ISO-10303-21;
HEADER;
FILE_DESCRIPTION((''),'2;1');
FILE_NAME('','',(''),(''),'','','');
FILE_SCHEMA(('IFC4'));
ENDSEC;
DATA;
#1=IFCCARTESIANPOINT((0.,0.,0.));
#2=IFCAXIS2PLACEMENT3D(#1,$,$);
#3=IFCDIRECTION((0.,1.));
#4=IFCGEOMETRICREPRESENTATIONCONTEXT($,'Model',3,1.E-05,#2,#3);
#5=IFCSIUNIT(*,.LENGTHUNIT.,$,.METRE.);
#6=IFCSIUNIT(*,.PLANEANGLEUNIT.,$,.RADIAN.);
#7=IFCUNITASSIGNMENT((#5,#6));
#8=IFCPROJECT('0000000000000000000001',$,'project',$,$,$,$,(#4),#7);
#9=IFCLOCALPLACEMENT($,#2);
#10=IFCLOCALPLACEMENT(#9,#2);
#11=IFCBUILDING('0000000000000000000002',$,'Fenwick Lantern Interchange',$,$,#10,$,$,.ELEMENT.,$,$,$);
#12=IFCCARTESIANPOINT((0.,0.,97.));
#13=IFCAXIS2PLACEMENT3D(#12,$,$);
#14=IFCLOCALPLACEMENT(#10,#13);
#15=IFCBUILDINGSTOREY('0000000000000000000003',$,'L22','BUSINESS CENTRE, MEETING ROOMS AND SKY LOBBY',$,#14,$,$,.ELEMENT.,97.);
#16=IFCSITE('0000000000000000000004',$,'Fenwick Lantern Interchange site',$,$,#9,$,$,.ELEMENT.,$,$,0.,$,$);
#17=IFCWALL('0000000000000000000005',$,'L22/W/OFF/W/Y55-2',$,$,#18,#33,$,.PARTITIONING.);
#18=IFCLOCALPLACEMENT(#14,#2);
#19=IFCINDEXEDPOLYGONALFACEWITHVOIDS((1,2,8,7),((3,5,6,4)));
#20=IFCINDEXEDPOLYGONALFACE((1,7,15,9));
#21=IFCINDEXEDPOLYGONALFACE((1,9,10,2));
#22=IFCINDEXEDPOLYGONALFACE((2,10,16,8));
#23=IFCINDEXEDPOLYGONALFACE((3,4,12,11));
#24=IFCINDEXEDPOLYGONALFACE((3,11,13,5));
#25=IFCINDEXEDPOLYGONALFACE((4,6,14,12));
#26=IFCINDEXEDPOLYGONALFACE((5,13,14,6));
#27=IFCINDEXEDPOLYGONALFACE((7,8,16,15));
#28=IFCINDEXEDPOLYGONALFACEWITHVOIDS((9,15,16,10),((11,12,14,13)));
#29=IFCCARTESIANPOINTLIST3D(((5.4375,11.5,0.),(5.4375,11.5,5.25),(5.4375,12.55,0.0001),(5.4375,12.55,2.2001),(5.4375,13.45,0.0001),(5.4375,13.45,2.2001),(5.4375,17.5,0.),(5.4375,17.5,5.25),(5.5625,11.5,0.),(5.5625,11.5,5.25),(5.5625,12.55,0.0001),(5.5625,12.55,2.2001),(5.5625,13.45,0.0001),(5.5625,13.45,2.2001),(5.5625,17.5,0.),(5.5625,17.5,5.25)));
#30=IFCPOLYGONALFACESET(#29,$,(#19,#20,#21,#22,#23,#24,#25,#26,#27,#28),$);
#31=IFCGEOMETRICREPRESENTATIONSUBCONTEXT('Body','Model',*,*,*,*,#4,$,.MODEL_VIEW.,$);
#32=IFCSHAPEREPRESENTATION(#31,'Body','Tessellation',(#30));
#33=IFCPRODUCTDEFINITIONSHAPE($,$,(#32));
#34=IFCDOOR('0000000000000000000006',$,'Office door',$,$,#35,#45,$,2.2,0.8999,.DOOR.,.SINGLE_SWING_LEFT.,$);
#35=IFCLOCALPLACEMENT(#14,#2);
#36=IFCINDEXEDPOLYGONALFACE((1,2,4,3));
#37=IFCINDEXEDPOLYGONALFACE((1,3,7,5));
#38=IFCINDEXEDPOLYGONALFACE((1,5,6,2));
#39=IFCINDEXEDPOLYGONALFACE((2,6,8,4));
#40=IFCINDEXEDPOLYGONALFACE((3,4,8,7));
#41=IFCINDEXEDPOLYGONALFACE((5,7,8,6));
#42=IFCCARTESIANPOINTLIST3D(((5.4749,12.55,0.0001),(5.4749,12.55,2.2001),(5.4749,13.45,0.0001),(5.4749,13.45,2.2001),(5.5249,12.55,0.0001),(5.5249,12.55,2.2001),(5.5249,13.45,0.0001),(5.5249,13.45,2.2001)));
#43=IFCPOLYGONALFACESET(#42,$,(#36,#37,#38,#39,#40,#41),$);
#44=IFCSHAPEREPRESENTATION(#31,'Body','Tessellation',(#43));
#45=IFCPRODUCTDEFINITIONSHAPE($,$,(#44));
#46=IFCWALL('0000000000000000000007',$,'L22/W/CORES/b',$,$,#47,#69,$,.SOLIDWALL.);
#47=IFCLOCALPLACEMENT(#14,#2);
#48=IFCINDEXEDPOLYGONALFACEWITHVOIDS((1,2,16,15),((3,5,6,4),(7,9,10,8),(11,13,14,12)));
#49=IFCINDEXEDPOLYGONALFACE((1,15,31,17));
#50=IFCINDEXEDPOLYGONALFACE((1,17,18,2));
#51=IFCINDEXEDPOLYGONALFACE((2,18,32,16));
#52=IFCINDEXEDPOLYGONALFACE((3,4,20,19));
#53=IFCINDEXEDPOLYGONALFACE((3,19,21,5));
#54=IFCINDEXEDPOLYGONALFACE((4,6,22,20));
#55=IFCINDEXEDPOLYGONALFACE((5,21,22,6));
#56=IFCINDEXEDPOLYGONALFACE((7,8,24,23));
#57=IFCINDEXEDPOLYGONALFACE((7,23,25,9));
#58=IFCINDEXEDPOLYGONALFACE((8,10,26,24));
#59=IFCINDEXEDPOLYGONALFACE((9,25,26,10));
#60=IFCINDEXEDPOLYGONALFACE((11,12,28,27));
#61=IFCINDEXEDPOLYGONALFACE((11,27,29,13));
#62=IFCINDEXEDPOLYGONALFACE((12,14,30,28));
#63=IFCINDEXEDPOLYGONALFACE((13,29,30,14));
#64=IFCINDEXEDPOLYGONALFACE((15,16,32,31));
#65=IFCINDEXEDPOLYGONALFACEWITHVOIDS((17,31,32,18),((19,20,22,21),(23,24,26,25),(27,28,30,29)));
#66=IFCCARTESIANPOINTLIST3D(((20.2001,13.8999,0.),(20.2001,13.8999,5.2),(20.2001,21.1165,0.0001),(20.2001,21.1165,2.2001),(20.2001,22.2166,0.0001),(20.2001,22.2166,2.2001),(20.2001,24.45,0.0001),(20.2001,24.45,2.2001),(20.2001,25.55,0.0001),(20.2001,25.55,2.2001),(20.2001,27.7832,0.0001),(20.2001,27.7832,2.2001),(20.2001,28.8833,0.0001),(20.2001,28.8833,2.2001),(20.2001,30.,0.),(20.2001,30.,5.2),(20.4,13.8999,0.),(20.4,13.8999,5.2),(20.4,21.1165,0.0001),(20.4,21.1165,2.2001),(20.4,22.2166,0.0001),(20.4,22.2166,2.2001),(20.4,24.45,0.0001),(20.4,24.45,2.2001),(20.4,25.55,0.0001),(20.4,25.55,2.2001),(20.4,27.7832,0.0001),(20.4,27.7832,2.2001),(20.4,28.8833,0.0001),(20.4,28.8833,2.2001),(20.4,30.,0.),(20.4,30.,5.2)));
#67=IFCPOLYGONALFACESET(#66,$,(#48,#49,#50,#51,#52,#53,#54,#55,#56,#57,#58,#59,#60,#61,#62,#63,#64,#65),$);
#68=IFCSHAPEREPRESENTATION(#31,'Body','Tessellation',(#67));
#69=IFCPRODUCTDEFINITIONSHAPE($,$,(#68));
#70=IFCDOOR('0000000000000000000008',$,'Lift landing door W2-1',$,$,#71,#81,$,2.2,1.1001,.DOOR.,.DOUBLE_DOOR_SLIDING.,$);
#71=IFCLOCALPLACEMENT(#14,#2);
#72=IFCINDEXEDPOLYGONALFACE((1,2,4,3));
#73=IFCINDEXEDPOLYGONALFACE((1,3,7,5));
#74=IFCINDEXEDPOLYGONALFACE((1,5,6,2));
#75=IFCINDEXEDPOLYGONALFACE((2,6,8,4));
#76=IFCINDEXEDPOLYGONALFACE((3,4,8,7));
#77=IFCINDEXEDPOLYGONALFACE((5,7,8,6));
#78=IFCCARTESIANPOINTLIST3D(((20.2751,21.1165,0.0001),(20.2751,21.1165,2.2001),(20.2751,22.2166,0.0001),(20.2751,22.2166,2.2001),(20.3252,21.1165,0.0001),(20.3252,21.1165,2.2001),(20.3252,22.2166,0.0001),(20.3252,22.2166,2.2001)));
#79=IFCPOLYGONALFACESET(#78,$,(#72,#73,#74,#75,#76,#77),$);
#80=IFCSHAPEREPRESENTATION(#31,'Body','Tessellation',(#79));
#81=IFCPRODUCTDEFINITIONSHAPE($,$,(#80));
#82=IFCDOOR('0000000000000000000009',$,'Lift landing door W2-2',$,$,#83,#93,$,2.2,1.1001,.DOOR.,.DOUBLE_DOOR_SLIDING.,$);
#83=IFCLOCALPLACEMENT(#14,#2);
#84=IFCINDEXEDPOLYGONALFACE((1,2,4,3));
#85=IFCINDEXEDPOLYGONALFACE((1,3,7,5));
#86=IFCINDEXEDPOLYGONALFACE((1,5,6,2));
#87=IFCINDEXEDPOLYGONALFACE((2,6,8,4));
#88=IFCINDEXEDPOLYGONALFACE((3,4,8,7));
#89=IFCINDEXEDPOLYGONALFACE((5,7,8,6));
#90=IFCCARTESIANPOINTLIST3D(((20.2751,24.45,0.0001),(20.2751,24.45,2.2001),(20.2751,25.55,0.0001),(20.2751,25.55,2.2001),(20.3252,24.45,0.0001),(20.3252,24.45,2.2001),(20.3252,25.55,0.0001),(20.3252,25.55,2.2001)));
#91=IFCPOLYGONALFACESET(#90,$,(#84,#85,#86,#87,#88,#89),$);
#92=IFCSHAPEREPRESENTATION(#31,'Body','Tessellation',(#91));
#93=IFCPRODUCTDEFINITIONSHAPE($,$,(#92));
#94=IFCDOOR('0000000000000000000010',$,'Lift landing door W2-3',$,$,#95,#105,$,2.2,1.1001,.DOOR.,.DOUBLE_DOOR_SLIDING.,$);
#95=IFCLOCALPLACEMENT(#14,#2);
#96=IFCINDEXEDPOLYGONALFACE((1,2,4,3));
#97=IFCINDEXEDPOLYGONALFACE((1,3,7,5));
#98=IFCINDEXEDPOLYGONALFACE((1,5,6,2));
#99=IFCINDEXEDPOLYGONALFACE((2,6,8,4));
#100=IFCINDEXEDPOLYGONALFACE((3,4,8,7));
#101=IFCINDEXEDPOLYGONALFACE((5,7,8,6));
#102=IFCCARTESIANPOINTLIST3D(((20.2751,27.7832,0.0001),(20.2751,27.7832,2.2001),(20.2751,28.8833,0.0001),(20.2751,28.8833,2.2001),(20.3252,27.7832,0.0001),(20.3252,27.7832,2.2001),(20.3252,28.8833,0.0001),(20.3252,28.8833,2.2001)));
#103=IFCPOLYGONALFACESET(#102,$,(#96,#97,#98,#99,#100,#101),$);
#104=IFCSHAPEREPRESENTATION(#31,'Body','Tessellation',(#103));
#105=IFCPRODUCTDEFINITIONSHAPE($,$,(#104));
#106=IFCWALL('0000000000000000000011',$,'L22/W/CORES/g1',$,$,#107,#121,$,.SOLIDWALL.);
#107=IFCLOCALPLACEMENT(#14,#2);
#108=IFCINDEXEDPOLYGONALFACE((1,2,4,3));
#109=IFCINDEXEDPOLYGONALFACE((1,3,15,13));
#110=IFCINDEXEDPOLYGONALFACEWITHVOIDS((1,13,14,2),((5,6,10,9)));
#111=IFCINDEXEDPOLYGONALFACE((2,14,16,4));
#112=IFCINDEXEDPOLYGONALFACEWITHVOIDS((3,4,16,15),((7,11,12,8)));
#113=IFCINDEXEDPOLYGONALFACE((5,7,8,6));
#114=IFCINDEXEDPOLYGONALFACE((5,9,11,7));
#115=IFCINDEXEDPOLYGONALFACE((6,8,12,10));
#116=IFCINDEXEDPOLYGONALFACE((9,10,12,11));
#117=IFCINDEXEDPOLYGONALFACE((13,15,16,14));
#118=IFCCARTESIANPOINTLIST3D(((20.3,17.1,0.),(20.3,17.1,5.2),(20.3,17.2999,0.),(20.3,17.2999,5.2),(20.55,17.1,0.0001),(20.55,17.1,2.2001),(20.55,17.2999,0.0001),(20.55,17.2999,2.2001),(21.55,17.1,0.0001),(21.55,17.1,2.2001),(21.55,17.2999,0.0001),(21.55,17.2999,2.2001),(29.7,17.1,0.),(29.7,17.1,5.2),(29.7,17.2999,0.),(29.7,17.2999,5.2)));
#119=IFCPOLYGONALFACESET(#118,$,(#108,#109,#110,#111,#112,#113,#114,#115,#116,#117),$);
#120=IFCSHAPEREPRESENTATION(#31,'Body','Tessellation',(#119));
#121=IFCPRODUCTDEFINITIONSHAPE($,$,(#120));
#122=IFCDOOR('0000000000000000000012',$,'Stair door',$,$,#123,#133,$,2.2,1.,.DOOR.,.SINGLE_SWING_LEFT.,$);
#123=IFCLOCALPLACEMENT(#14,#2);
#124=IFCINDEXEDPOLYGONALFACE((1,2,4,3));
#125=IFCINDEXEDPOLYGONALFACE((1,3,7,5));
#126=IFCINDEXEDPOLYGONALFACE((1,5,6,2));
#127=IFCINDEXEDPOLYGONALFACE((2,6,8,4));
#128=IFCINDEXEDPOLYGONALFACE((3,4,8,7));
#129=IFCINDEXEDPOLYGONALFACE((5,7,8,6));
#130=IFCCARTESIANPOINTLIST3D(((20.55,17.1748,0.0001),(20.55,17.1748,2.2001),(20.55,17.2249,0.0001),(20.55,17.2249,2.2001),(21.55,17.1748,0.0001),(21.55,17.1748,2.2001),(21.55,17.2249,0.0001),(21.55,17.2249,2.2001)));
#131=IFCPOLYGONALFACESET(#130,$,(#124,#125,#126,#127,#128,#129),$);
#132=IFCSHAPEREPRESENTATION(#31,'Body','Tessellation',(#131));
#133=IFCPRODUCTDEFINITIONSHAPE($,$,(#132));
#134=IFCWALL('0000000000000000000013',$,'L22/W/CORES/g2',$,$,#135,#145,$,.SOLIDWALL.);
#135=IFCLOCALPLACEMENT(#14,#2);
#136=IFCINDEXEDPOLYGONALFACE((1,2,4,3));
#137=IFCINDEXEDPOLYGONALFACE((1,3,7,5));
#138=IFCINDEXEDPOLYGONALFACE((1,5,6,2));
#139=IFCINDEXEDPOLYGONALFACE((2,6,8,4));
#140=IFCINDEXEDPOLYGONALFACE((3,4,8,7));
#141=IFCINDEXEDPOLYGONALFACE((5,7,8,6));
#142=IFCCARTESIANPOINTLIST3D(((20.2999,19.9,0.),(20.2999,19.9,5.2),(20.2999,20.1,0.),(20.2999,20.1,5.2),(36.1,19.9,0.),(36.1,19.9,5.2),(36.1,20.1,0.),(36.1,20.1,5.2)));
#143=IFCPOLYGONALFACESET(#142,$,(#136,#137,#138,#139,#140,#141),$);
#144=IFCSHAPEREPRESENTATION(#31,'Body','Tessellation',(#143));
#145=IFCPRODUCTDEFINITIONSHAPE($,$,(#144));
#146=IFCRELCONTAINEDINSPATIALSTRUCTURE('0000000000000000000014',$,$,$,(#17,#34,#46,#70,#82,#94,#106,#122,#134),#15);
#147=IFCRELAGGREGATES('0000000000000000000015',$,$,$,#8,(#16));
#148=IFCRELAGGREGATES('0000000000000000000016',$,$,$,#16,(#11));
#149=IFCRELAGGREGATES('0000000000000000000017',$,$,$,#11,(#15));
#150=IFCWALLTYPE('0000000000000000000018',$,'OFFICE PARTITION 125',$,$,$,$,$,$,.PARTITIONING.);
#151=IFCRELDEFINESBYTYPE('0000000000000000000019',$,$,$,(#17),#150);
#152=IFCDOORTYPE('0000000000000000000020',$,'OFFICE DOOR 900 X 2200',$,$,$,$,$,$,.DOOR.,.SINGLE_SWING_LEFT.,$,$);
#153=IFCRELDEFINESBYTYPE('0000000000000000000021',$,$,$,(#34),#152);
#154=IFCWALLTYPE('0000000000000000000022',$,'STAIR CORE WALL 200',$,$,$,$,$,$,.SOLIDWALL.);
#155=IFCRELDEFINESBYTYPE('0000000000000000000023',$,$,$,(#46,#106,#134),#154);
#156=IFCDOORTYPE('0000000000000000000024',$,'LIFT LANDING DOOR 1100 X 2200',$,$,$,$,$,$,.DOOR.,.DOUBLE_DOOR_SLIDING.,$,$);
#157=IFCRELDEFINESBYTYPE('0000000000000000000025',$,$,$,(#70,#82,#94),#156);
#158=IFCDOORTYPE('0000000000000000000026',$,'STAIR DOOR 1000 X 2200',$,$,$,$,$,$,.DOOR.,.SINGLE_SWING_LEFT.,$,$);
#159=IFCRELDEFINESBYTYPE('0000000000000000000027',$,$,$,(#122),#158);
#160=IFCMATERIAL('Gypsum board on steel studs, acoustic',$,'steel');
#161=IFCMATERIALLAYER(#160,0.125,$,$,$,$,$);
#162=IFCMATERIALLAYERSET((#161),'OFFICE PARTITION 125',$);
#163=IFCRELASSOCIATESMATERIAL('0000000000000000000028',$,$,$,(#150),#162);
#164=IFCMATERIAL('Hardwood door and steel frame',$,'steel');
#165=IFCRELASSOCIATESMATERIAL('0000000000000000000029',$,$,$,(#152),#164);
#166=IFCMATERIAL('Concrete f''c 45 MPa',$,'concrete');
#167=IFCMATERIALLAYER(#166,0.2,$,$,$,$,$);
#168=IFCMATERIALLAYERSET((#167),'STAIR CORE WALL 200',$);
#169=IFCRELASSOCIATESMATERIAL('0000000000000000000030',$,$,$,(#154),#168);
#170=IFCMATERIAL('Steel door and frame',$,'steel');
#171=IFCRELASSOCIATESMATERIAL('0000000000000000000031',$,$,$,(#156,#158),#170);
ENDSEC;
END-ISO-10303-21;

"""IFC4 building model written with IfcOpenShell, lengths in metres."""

from ifc_helpers import new_model, si_unit, direction, frame, frame_2d, origin, place, context, subcontext, project, spatial, rectangle, extrude, material, layer, layer_set, type_object, element, fill, save


model = new_model("IFC4")

# Units and contexts
model_context = context("Model", 3, precision=1e-05, world=origin(), true_north=direction((0.0, 1.0)))
body_context = subcontext(model_context, "Body", "Model", "MODEL_VIEW")
ifc_project = project(units=[si_unit("LENGTHUNIT", "METRE"), si_unit("PLANEANGLEUNIT", "RADIAN")], contexts=[model_context])

# Site, building, storey
site_placement = place(None, origin())
site = spatial("IfcSite", under=ifc_project, at=site_placement, Name="Fenwick Lantern Interchange site", CompositionType="ELEMENT", RefElevation=0.0)
building_placement = place(site_placement, origin())
building = spatial("IfcBuilding", under=site, at=building_placement, Name="Fenwick Lantern Interchange", CompositionType="ELEMENT")
storey_placement = place(building_placement, frame((0.0, 0.0, 97.0)))
storey = spatial("IfcBuildingStorey", under=building, at=storey_placement, Name="L22", Description="BUSINESS CENTRE, MEETING ROOMS AND SKY LOBBY", CompositionType="ELEMENT", Elevation=97.0)

# Shared definitions
ifc_material_1 = material(Name="Gypsum board on steel studs, acoustic", Category="steel")
ifc_layer_1 = layer(ifc_material_1, 0.125)
ifc_layer_set_1 = layer_set([ifc_layer_1], Name="OFFICE PARTITION 125")
wall_type_1 = type_object("IfcWallType", Name="OFFICE PARTITION 125", PredefinedType="PARTITIONING", material=ifc_layer_set_1)
ifc_material_2 = material(Name="Hardwood door and steel frame", Category="steel")
door_type_1 = type_object("IfcDoorType", Name="OFFICE DOOR 900 X 2200", OperationType="SINGLE_SWING_LEFT", PredefinedType="DOOR", material=ifc_material_2)

# Wall, opening, door
wall_1_placement = place(storey_placement, frame((5.5, 17.5, 0.0), z_axis=(0.0, 0.0, 1.0), x_axis=(0.0, -1.0, 0.0)))
wall_1 = element("IfcWall", 1, at=wall_1_placement, inside=storey, type_object=wall_type_1, Name="L22/W/OFF/W/Y55-2", PredefinedType="PARTITIONING", context=body_context, shape_type="SweptSolid", body=[
    extrude(rectangle(XDim=6.0, YDim=0.125, at=frame_2d((3.0, 0.0))), origin(), (0.0, 0.0, 1.0), 5.25),
])
opening_1_placement = place(wall_1_placement, frame((4.05, 0.0, 0.0)))
opening_1 = element("IfcOpeningElement", 2, at=opening_1_placement, cuts=wall_1, PredefinedType="OPENING", context=body_context, shape_type="SweptSolid", body=[
    extrude(rectangle(XDim=0.8999, YDim=2.2, at=frame_2d((0.45, 1.1001))), frame((0.0, 0.0725, 0.0), z_axis=(0.0, -1.0, 0.0), x_axis=(1.0, 0.0, 0.0)), (0.0, 0.0, 1.0), 0.145),
])
door_1_placement = place(opening_1_placement, origin())
door_1 = element("IfcDoor", 3, at=door_1_placement, inside=storey, type_object=door_type_1, Name="Office door", OperationType="SINGLE_SWING_LEFT", OverallHeight=2.2, OverallWidth=0.8999, PredefinedType="DOOR", context=body_context, shape_type="SweptSolid", body=[
    extrude(rectangle(XDim=0.8999, YDim=2.2, at=frame_2d((0.45, 1.1001))), frame((0.0, 0.0249, 0.0), z_axis=(0.0, -1.0, 0.0), x_axis=(1.0, 0.0, 0.0)), (0.0, 0.0, 1.0), 0.05),
])
fill(opening_1, door_1)

# Wall, openings, doors
ifc_material_3 = material(Name="Concrete f'c 45 MPa", Category="concrete")
ifc_layer_2 = layer(ifc_material_3, 0.2)
ifc_layer_set_2 = layer_set([ifc_layer_2], Name="STAIR CORE WALL 200")
wall_type_2 = type_object("IfcWallType", Name="STAIR CORE WALL 200", PredefinedType="SOLIDWALL", material=ifc_layer_set_2)
wall_2_placement = place(storey_placement, frame((20.3, 13.8999, 0.0), z_axis=(0.0, 0.0, 1.0), x_axis=(0.0, 1.0, 0.0)))
wall_2 = element("IfcWall", 4, at=wall_2_placement, inside=storey, type_object=wall_type_2, Name="L22/W/CORES/b", PredefinedType="SOLIDWALL", context=body_context, shape_type="SweptSolid", body=[
    extrude(rectangle(XDim=16.1001, YDim=0.2, at=frame_2d((8.05, 0.0))), origin(), (0.0, 0.0, 1.0), 5.2),
])
opening_2_placement = place(wall_2_placement, frame((7.2166, 0.0, 0.0)))
opening_2 = element("IfcOpeningElement", 5, at=opening_2_placement, cuts=wall_2, PredefinedType="OPENING", context=body_context, shape_type="SweptSolid", body=[
    extrude(rectangle(XDim=1.1001, YDim=2.2, at=frame_2d((0.55, 1.1001))), frame((0.0, 0.1099, 0.0), z_axis=(0.0, -1.0, 0.0), x_axis=(1.0, 0.0, 0.0)), (0.0, 0.0, 1.0), 0.22),
])
opening_3_placement = place(wall_2_placement, frame((10.55, 0.0, 0.0)))
opening_3 = element("IfcOpeningElement", 6, at=opening_3_placement, cuts=wall_2, PredefinedType="OPENING", context=body_context, shape_type="SweptSolid", body=[
    extrude(rectangle(XDim=1.1001, YDim=2.2, at=frame_2d((0.55, 1.1001))), frame((0.0, 0.1099, 0.0), z_axis=(0.0, -1.0, 0.0), x_axis=(1.0, 0.0, 0.0)), (0.0, 0.0, 1.0), 0.22),
])
opening_4_placement = place(wall_2_placement, frame((13.8833, 0.0, 0.0)))
opening_4 = element("IfcOpeningElement", 7, at=opening_4_placement, cuts=wall_2, PredefinedType="OPENING", context=body_context, shape_type="SweptSolid", body=[
    extrude(rectangle(XDim=1.1001, YDim=2.2, at=frame_2d((0.55, 1.1001))), frame((0.0, 0.1099, 0.0), z_axis=(0.0, -1.0, 0.0), x_axis=(1.0, 0.0, 0.0)), (0.0, 0.0, 1.0), 0.22),
])
ifc_material_4 = material(Name="Steel door and frame", Category="steel")
door_type_2 = type_object("IfcDoorType", Name="LIFT LANDING DOOR 1100 X 2200", OperationType="DOUBLE_DOOR_SLIDING", PredefinedType="DOOR", material=ifc_material_4)
door_2_placement = place(opening_2_placement, origin())
door_2 = element("IfcDoor", 8, at=door_2_placement, inside=storey, type_object=door_type_2, Name="Lift landing door W2-1", OperationType="DOUBLE_DOOR_SLIDING", OverallHeight=2.2, OverallWidth=1.1001, PredefinedType="DOOR", context=body_context, shape_type="SweptSolid", body=[
    extrude(rectangle(XDim=1.1001, YDim=2.2, at=frame_2d((0.55, 1.1001))), frame((0.0, 0.0249, 0.0), z_axis=(0.0, -1.0, 0.0), x_axis=(1.0, 0.0, 0.0)), (0.0, 0.0, 1.0), 0.05),
])
fill(opening_2, door_2)
door_3_placement = place(opening_3_placement, origin())
door_3 = element("IfcDoor", 9, at=door_3_placement, inside=storey, type_object=door_type_2, Name="Lift landing door W2-2", OperationType="DOUBLE_DOOR_SLIDING", OverallHeight=2.2, OverallWidth=1.1001, PredefinedType="DOOR", context=body_context, shape_type="SweptSolid", body=[
    extrude(rectangle(XDim=1.1001, YDim=2.2, at=frame_2d((0.55, 1.1001))), frame((0.0, 0.0249, 0.0), z_axis=(0.0, -1.0, 0.0), x_axis=(1.0, 0.0, 0.0)), (0.0, 0.0, 1.0), 0.05),
])
fill(opening_3, door_3)
door_4_placement = place(opening_4_placement, origin())
door_4 = element("IfcDoor", 10, at=door_4_placement, inside=storey, type_object=door_type_2, Name="Lift landing door W2-3", OperationType="DOUBLE_DOOR_SLIDING", OverallHeight=2.2, OverallWidth=1.1001, PredefinedType="DOOR", context=body_context, shape_type="SweptSolid", body=[
    extrude(rectangle(XDim=1.1001, YDim=2.2, at=frame_2d((0.55, 1.1001))), frame((0.0, 0.0249, 0.0), z_axis=(0.0, -1.0, 0.0), x_axis=(1.0, 0.0, 0.0)), (0.0, 0.0, 1.0), 0.05),
])
fill(opening_4, door_4)

# Wall, opening, door
wall_3_placement = place(storey_placement, frame((20.3, 17.2, 0.0), z_axis=(0.0, 0.0, 1.0), x_axis=(1.0, 0.0, 0.0)))
wall_3 = element("IfcWall", 11, at=wall_3_placement, inside=storey, type_object=wall_type_2, Name="L22/W/CORES/g1", PredefinedType="SOLIDWALL", context=body_context, shape_type="SweptSolid", body=[
    extrude(rectangle(XDim=9.3999, YDim=0.2, at=frame_2d((4.7, 0.0))), origin(), (0.0, 0.0, 1.0), 5.2),
])
opening_5_placement = place(wall_3_placement, frame((0.25, 0.0, 0.0)))
opening_5 = element("IfcOpeningElement", 12, at=opening_5_placement, cuts=wall_3, PredefinedType="OPENING", context=body_context, shape_type="SweptSolid", body=[
    extrude(rectangle(XDim=1.0, YDim=2.2, at=frame_2d((0.5, 1.1001))), frame((0.0, 0.1099, 0.0), z_axis=(0.0, -1.0, 0.0), x_axis=(1.0, 0.0, 0.0)), (0.0, 0.0, 1.0), 0.22),
])
door_type_3 = type_object("IfcDoorType", Name="STAIR DOOR 1000 X 2200", OperationType="SINGLE_SWING_LEFT", PredefinedType="DOOR", material=ifc_material_4)
door_5_placement = place(opening_5_placement, origin())
door_5 = element("IfcDoor", 13, at=door_5_placement, inside=storey, type_object=door_type_3, Name="Stair door", OperationType="SINGLE_SWING_LEFT", OverallHeight=2.2, OverallWidth=1.0, PredefinedType="DOOR", context=body_context, shape_type="SweptSolid", body=[
    extrude(rectangle(XDim=1.0, YDim=2.2, at=frame_2d((0.5, 1.1001))), frame((0.0, 0.0249, 0.0), z_axis=(0.0, -1.0, 0.0), x_axis=(1.0, 0.0, 0.0)), (0.0, 0.0, 1.0), 0.05),
])
fill(opening_5, door_5)

# Wall
wall_4_placement = place(storey_placement, frame((20.3, 20.0, 0.0), z_axis=(0.0, 0.0, 1.0), x_axis=(1.0, 0.0, 0.0)))
element("IfcWall", 14, at=wall_4_placement, inside=storey, type_object=wall_type_2, Name="L22/W/CORES/g2", PredefinedType="SOLIDWALL", context=body_context, shape_type="SweptSolid", body=[
    extrude(rectangle(XDim=15.8, YDim=0.2, at=frame_2d((7.8999, 0.0))), origin(), (0.0, 0.0, 1.0), 5.2),
])

save(model, "model.ifc")
